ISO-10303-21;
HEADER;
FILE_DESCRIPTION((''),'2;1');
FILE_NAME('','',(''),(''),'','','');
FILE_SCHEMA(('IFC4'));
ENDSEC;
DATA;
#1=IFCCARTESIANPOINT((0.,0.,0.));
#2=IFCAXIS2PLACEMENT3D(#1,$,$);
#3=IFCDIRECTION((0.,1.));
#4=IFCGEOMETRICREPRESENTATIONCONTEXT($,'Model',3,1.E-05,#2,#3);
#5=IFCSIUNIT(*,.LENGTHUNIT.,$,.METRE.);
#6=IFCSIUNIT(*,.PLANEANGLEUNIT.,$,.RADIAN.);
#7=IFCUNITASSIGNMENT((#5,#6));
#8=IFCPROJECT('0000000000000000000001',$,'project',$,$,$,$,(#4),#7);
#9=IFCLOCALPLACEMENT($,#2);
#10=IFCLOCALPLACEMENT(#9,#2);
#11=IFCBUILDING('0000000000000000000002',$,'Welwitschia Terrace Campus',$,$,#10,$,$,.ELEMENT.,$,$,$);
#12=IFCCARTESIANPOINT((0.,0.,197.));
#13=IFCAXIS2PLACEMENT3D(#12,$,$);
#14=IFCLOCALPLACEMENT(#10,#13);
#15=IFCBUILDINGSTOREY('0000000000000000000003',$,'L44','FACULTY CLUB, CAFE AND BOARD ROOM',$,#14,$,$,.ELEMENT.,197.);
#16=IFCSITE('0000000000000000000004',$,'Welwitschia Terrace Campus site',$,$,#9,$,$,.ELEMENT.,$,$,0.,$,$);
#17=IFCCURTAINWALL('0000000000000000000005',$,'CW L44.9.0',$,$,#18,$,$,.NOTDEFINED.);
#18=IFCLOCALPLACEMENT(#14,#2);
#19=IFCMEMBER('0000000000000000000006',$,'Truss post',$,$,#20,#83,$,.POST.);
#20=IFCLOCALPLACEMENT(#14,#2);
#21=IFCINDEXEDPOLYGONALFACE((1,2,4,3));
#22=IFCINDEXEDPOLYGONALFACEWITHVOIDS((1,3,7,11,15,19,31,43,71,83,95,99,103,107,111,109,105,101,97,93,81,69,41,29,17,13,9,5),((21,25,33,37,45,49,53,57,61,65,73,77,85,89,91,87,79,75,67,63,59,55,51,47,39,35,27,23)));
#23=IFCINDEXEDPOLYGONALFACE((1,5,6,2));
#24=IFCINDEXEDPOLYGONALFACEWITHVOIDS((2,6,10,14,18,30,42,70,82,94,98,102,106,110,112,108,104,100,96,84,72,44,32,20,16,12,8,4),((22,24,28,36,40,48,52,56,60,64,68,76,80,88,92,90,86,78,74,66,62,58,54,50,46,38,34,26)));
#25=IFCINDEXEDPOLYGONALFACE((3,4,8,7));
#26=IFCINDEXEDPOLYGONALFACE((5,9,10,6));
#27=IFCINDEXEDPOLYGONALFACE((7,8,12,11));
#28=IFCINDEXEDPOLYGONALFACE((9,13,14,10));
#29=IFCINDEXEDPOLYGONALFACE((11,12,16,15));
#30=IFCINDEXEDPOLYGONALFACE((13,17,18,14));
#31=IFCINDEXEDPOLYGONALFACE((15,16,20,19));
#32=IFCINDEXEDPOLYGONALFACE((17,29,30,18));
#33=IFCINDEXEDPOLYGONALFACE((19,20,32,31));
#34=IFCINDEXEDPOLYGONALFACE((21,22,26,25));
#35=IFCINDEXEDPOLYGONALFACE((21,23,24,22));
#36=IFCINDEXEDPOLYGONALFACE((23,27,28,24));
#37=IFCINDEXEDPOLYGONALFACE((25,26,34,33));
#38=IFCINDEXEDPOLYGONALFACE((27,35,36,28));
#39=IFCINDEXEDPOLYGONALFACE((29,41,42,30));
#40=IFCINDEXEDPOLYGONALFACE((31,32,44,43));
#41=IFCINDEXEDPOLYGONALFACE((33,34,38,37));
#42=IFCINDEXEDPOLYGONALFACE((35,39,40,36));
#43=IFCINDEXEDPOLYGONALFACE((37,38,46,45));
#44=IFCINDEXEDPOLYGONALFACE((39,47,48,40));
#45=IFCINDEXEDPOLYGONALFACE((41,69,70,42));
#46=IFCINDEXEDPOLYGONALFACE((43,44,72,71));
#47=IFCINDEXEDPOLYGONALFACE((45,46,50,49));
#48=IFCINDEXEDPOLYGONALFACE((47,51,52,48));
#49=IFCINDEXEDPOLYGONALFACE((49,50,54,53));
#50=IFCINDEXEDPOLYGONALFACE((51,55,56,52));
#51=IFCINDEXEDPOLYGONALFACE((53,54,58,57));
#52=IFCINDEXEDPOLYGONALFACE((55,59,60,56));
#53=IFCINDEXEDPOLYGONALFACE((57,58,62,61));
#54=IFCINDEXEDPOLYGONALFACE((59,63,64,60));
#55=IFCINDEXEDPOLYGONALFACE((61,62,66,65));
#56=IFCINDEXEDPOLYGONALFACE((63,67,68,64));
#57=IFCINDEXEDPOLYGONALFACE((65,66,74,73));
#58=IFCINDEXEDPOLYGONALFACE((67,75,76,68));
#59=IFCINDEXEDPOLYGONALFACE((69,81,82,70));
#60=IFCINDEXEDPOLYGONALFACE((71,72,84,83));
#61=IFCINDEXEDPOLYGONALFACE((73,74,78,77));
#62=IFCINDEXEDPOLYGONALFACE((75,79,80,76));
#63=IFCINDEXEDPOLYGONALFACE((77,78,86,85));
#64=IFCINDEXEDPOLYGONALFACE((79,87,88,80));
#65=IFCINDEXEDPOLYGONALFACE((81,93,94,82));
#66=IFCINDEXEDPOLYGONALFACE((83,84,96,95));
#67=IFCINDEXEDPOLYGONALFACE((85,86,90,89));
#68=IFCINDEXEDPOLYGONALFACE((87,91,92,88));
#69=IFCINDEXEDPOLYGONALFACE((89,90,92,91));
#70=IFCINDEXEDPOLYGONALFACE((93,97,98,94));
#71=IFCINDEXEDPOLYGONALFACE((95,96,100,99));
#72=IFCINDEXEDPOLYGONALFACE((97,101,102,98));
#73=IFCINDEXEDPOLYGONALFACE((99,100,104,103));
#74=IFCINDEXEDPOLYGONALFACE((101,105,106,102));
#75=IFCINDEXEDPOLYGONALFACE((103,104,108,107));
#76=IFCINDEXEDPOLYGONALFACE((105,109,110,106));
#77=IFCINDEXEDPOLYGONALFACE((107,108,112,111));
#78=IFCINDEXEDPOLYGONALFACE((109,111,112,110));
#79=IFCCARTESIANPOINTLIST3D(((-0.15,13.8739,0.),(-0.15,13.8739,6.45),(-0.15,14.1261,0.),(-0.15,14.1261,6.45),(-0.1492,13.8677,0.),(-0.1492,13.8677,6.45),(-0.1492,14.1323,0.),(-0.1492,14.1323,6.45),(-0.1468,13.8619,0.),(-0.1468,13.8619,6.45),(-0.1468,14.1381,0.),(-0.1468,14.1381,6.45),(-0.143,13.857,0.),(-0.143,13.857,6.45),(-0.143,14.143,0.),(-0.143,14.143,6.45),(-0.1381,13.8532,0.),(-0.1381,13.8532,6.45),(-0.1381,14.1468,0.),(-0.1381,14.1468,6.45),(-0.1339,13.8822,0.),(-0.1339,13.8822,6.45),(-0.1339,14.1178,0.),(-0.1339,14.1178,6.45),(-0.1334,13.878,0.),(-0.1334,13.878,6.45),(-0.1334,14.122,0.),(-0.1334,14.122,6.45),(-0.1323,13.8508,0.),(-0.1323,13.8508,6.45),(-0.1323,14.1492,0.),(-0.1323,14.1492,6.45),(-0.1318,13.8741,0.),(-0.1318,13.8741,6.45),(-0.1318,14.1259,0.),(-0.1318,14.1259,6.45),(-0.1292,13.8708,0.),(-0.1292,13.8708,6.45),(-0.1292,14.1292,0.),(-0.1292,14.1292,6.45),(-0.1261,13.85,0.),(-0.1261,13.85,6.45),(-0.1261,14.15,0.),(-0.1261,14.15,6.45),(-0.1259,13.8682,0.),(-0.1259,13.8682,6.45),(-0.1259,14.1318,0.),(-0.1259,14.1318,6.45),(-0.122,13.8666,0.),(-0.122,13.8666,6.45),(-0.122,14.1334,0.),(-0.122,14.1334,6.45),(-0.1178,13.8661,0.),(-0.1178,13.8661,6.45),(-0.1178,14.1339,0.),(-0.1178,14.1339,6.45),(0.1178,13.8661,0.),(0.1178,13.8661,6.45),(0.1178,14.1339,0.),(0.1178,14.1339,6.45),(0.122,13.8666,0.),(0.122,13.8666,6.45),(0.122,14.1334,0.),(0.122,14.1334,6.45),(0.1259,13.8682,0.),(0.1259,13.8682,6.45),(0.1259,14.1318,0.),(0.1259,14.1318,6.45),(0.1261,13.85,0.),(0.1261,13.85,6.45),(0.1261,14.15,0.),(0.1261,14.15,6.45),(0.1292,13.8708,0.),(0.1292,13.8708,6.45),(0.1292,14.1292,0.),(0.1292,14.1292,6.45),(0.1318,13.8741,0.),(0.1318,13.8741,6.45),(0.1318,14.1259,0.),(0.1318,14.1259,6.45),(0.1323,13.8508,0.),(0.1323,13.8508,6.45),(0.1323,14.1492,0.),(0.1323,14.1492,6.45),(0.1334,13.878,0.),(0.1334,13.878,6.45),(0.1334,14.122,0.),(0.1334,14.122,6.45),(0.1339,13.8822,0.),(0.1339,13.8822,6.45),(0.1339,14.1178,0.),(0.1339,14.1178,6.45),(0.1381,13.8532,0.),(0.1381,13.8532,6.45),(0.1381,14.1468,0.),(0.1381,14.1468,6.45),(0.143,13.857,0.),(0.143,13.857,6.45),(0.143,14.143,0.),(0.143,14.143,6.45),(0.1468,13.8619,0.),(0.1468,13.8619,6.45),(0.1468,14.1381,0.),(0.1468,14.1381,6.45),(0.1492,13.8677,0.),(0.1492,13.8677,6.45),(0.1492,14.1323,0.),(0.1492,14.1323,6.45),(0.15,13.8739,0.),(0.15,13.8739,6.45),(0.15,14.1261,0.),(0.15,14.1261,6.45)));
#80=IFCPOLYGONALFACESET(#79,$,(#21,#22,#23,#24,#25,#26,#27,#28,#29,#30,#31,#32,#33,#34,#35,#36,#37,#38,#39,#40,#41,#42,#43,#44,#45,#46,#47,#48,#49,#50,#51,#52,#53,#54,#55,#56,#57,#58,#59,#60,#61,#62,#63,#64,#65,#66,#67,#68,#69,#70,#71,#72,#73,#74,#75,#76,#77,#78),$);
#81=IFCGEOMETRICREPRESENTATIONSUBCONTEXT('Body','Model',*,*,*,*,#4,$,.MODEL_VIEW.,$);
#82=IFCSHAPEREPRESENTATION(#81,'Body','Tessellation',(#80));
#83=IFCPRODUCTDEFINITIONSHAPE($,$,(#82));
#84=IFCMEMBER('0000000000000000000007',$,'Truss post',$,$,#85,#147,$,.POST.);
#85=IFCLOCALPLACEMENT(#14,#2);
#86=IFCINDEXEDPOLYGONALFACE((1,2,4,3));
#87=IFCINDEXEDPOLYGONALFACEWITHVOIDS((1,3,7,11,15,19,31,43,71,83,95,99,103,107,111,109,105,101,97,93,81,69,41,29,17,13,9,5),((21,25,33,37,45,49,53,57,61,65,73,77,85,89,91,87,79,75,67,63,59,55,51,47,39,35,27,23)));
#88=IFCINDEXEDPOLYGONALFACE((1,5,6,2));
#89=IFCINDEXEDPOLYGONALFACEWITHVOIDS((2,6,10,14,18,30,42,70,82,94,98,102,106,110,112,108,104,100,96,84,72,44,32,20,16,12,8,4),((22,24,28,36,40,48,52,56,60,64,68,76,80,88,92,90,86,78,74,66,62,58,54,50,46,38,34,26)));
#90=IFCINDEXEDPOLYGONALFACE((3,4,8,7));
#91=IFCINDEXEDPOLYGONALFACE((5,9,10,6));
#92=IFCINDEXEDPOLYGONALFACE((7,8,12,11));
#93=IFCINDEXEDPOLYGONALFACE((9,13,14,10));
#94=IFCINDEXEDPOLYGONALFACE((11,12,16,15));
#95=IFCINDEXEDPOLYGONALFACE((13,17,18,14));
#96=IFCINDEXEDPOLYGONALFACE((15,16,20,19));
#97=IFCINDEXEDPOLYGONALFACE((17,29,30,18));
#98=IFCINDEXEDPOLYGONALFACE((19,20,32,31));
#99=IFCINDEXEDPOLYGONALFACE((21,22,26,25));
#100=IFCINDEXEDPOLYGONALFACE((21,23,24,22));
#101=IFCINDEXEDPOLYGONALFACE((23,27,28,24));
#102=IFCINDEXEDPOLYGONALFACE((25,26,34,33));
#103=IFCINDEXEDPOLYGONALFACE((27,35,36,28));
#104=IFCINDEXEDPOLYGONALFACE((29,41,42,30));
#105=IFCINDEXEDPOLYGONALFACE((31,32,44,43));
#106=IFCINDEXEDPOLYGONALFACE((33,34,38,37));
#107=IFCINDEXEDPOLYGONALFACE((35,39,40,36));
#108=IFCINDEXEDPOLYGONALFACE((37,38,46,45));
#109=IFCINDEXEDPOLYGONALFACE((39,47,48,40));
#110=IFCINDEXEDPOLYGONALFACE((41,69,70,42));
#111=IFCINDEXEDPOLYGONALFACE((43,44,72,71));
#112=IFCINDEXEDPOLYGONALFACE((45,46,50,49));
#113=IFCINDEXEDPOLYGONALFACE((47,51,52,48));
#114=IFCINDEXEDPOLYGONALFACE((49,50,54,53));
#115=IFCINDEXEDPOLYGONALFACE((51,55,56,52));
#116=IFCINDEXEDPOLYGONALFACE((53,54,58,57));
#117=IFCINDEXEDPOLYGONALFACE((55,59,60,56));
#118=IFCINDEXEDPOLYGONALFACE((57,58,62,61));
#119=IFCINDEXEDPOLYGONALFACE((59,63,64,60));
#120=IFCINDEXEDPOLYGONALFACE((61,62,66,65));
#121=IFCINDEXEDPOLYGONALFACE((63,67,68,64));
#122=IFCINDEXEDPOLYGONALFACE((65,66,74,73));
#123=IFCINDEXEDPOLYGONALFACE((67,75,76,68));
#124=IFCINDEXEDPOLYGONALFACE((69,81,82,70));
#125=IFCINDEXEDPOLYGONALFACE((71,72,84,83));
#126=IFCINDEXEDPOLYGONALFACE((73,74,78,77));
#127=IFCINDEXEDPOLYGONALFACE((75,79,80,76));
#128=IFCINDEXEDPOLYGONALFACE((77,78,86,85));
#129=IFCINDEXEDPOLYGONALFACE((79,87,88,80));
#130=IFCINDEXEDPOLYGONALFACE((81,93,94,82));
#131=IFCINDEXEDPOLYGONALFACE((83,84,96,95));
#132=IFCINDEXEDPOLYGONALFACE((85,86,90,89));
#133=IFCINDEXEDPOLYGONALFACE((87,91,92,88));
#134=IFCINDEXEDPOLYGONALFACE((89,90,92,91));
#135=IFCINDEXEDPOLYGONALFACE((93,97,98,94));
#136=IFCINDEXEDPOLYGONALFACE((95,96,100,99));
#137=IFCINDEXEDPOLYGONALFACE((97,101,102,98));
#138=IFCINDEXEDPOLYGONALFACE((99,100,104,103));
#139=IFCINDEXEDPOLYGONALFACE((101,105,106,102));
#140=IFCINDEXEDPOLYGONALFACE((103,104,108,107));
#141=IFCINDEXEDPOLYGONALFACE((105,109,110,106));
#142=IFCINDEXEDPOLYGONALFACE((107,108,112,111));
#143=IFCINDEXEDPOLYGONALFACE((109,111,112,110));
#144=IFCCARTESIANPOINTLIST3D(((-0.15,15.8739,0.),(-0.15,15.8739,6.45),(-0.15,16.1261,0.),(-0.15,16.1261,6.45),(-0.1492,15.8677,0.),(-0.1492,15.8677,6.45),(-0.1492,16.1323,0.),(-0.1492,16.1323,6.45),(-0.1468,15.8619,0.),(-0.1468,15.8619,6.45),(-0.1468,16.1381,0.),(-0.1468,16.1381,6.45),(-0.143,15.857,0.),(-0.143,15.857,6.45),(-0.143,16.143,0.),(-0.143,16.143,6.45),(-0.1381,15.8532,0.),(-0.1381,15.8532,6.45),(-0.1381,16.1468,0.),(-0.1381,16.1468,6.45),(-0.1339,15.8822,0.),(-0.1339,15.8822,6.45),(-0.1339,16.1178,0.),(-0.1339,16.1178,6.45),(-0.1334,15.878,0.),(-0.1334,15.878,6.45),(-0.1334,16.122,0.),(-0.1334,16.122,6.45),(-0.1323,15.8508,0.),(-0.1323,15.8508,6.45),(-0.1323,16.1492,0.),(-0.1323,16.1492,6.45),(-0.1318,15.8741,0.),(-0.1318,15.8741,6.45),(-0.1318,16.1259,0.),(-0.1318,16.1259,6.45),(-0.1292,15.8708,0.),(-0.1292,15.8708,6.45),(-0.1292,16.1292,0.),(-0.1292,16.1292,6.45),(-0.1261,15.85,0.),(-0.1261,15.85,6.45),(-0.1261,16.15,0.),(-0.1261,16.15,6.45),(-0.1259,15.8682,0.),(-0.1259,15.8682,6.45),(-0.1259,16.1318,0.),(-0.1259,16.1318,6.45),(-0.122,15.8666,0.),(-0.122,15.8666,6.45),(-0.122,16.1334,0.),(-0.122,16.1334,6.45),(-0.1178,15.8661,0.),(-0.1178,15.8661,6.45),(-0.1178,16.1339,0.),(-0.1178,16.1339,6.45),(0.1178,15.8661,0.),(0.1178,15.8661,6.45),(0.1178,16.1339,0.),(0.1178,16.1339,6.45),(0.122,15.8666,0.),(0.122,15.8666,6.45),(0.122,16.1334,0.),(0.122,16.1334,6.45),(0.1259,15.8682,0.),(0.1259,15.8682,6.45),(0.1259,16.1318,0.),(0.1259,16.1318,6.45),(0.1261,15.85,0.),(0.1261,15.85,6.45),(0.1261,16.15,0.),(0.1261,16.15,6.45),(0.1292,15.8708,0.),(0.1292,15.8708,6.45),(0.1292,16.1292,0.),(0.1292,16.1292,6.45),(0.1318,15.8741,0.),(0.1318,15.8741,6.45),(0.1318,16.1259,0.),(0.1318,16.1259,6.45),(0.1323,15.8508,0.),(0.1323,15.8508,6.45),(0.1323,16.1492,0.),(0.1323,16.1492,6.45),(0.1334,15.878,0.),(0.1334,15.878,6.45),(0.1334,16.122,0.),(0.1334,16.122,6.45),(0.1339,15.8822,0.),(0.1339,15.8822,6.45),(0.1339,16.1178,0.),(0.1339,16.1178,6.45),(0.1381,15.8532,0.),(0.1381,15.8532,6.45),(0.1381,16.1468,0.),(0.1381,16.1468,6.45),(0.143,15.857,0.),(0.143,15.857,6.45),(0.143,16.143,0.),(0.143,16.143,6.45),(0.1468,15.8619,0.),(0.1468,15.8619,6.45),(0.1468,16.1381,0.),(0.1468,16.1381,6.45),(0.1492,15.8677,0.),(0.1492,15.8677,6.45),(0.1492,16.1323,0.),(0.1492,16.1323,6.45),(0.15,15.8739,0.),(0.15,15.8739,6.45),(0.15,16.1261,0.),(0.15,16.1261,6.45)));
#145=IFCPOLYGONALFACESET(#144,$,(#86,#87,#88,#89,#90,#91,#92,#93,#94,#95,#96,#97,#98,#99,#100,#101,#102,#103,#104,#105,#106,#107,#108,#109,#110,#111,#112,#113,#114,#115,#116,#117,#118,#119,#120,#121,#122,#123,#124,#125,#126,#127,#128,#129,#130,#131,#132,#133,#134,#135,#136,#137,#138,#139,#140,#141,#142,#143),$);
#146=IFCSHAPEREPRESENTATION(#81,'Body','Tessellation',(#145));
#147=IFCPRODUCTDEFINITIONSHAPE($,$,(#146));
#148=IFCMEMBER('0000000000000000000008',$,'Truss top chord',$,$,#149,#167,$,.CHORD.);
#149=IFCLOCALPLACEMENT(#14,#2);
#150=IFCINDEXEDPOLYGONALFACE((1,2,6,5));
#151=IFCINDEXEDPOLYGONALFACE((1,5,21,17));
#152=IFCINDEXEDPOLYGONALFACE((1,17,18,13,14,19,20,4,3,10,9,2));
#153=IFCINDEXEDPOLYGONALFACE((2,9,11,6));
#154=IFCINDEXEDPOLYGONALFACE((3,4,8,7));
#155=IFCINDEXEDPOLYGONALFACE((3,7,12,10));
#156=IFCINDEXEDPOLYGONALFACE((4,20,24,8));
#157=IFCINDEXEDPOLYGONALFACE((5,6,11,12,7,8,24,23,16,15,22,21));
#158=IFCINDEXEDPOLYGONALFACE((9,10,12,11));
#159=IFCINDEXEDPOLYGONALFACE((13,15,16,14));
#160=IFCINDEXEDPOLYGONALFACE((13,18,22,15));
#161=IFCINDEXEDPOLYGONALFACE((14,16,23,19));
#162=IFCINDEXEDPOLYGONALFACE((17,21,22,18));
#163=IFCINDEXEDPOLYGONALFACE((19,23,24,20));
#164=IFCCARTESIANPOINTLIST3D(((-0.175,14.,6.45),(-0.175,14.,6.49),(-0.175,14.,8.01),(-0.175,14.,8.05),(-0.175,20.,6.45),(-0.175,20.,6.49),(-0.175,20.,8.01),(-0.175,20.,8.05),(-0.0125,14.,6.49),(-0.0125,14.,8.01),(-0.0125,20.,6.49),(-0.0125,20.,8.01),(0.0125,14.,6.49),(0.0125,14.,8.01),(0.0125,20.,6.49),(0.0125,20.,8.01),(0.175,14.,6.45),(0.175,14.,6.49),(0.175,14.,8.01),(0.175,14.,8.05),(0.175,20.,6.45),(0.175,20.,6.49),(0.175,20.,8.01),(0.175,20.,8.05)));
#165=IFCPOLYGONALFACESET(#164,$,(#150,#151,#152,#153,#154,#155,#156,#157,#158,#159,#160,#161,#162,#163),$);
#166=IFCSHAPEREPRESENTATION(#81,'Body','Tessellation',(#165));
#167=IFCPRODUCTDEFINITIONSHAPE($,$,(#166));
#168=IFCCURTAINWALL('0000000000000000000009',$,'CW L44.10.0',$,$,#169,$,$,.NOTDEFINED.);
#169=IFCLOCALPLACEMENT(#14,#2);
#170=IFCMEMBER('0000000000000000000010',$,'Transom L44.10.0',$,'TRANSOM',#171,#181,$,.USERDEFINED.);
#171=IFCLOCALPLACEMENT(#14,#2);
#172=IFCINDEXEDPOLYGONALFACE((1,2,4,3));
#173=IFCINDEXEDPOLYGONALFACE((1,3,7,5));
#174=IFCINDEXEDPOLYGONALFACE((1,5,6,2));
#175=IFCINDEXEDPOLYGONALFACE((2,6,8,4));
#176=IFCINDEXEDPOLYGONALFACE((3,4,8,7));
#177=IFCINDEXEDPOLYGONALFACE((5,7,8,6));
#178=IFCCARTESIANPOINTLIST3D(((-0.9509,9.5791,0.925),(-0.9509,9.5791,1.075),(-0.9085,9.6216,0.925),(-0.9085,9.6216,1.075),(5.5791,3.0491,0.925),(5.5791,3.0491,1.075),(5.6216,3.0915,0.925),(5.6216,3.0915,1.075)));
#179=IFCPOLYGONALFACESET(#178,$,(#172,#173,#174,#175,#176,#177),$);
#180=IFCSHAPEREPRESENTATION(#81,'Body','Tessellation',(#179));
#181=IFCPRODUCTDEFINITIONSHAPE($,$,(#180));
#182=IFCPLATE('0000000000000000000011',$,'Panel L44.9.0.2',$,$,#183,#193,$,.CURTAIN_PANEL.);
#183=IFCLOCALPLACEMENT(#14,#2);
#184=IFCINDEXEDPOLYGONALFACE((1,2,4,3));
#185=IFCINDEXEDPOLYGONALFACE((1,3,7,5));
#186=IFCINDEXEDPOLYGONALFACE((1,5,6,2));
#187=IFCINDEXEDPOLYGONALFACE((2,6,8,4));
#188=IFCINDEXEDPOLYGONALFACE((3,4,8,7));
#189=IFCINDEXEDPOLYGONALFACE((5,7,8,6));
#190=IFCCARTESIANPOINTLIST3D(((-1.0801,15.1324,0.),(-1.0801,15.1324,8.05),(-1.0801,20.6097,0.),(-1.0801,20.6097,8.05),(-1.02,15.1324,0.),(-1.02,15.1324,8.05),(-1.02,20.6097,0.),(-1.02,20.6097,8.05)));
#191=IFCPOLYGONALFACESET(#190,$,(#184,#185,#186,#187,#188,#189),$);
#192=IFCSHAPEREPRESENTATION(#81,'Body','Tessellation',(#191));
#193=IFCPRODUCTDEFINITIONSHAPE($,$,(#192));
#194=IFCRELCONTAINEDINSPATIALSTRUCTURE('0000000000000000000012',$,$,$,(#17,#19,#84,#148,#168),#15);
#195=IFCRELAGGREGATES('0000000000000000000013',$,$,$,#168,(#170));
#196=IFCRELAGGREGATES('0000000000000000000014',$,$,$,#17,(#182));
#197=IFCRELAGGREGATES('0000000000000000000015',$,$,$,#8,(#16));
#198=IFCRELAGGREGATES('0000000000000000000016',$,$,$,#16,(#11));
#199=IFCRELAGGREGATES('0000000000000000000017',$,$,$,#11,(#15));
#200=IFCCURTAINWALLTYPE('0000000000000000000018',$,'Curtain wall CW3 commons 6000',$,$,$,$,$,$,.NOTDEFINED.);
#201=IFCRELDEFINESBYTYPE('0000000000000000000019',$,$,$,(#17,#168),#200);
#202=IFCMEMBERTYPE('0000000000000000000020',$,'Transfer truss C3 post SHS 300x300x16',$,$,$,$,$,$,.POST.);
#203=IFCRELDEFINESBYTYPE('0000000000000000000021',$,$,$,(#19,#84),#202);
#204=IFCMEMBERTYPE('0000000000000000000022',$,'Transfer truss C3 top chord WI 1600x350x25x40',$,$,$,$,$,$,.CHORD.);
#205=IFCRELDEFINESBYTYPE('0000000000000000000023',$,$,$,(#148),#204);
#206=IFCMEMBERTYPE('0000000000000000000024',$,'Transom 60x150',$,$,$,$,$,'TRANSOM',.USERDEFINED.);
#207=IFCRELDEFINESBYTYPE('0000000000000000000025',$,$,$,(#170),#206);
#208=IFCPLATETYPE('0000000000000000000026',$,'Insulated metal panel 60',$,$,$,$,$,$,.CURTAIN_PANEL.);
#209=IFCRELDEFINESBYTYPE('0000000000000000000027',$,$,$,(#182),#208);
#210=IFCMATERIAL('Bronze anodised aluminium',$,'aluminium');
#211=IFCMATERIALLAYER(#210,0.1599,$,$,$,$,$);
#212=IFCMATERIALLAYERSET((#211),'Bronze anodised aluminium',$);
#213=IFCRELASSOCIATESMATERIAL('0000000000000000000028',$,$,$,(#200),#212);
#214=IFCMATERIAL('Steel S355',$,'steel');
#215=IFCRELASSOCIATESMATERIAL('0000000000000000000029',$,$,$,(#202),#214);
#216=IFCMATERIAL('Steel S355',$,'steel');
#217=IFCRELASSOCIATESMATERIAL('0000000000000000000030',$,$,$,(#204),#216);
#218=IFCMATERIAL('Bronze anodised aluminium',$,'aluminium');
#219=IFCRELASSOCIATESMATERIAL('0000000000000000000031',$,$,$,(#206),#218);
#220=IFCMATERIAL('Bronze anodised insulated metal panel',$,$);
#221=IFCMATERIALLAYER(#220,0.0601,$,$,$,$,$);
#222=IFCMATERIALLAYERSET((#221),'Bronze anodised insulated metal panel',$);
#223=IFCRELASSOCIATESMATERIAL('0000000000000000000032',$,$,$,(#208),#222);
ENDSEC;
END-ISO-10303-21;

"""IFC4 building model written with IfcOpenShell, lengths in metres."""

from ifc_helpers import new_model, si_unit, direction, frame, origin, origin_2d, place, context, subcontext, project, spatial, rectangle, hollow_rectangle, i_section, extrude, material, layer, layer_set, material_profile, profile_set, type_object, element, aggregate, save


model = new_model("IFC4")

# Units and contexts
model_context = context("Model", 3, precision=1e-05, world=origin(), true_north=direction((0.0, 1.0)))
body_context = subcontext(model_context, "Body", "Model", "MODEL_VIEW")
ifc_project = project(units=[si_unit("LENGTHUNIT", "METRE"), si_unit("PLANEANGLEUNIT", "RADIAN")], contexts=[model_context])

# Site, building, storey
site_placement = place(None, origin())
site = spatial("IfcSite", under=ifc_project, at=site_placement, Name="Welwitschia Terrace Campus site", CompositionType="ELEMENT", RefElevation=0.0)
building_placement = place(site_placement, origin())
building = spatial("IfcBuilding", under=site, at=building_placement, Name="Welwitschia Terrace Campus", CompositionType="ELEMENT")
storey_placement = place(building_placement, frame((0.0, 0.0, 197.0)))
storey = spatial("IfcBuildingStorey", under=building, at=storey_placement, Name="L44", Description="FACULTY CLUB, CAFE AND BOARD ROOM", CompositionType="ELEMENT", Elevation=197.0)

# Curtain wall
ifc_material_1 = material(Name="Bronze anodised aluminium", Category="aluminium")
ifc_layer_1 = layer(ifc_material_1, 0.1599)
ifc_layer_set_1 = layer_set([ifc_layer_1], Name="Bronze anodised aluminium")
curtain_wall_type = type_object("IfcCurtainWallType", Name="Curtain wall CW3 commons 6000", PredefinedType="NOTDEFINED", material=ifc_layer_set_1)
curtain_wall_1_placement = place(storey_placement, origin())
curtain_wall_1 = element("IfcCurtainWall", 1, at=curtain_wall_1_placement, inside=storey, type_object=curtain_wall_type, Name="CW L44.9.0", PredefinedType="NOTDEFINED")

# Members
ifc_material_2 = material(Name="Steel S355", Category="steel")
ifc_material_profile_1 = material_profile(ifc_material_2, hollow_rectangle(XDim=0.3, YDim=0.3, WallThickness=0.0161, InnerFilletRadius=0.0161, OuterFilletRadius=0.0239, at=origin_2d()))
ifc_profile_set_1 = profile_set([ifc_material_profile_1], Name="Steel S355")
member_type_1 = type_object("IfcMemberType", Name="Transfer truss C3 post SHS 300x300x16", PredefinedType="POST", material=ifc_profile_set_1)
for number, where, z_axis, x_axis, name in (
    (2, (0.0, 14.0, 0.0), (0.0, 0.0, 1.0), (1.0, 0.0, 0.0), "Truss post"),
    (3, (0.0, 16.0, 0.0), (0.0, 0.0, 1.0), (1.0, 0.0, 0.0), "Truss post"),
):
    element("IfcMember", number, at=place(storey_placement, frame(where, z_axis=z_axis, x_axis=x_axis)), inside=storey, type_object=member_type_1, Name=name, PredefinedType="POST", context=body_context, shape_type="SweptSolid", body=[
        extrude(hollow_rectangle(XDim=0.3, YDim=0.3, WallThickness=0.0161, InnerFilletRadius=0.0161, OuterFilletRadius=0.0239, at=origin_2d()), origin(), (0.0, 0.0, 1.0), 6.45),
    ])
ifc_material_3 = material(Name="Steel S355", Category="steel")
ifc_material_profile_2 = material_profile(ifc_material_3, i_section(OverallWidth=0.3501, OverallDepth=1.6001, WebThickness=0.0249, FlangeThickness=0.04, at=origin_2d()))
ifc_profile_set_2 = profile_set([ifc_material_profile_2], Name="Steel S355")
member_type_2 = type_object("IfcMemberType", Name="Transfer truss C3 top chord WI 1600x350x25x40", PredefinedType="CHORD", material=ifc_profile_set_2)
member_1_placement = place(storey_placement, frame((0.0, 14.0, 7.25), z_axis=(0.0, 1.0, 0.0), x_axis=(-1.0, 0.0, 0.0)))
element("IfcMember", 4, at=member_1_placement, inside=storey, type_object=member_type_2, Name="Truss top chord", PredefinedType="CHORD", context=body_context, shape_type="SweptSolid", body=[
    extrude(i_section(OverallWidth=0.3501, OverallDepth=1.6001, WebThickness=0.0249, FlangeThickness=0.04, at=origin_2d()), origin(), (0.0, 0.0, 1.0), 6.0),
])

# Curtain wall, member
curtain_wall_2_placement = place(storey_placement, origin())
curtain_wall_2 = element("IfcCurtainWall", 5, at=curtain_wall_2_placement, inside=storey, type_object=curtain_wall_type, Name="CW L44.10.0", PredefinedType="NOTDEFINED")
ifc_material_4 = material(Name="Bronze anodised aluminium", Category="aluminium")
ifc_material_profile_3 = material_profile(ifc_material_4, rectangle(XDim=0.0601, YDim=0.1499, at=origin_2d()))
ifc_profile_set_3 = profile_set([ifc_material_profile_3], Name="Bronze anodised aluminium")
member_type_3 = type_object("IfcMemberType", Name="Transom 60x150", ElementType="TRANSOM", PredefinedType="USERDEFINED", material=ifc_profile_set_3)
member_2_placement = place(storey_placement, frame((-0.9297, 9.6003, 1.0), z_axis=(0.707107, -0.707107, 0.0), x_axis=(0.707107, 0.707107, 0.0)))
member_2 = element("IfcMember", 6, at=member_2_placement, type_object=member_type_3, Name="Transom L44.10.0", ObjectType="TRANSOM", PredefinedType="USERDEFINED", context=body_context, shape_type="SweptSolid", body=[
    extrude(rectangle(XDim=0.0601, YDim=0.1499, at=origin_2d()), origin(), (0.0, 0.0, 1.0), 9.2349),
])
aggregate(curtain_wall_2, [member_2])

# Plate
ifc_material_5 = material(Name="Bronze anodised insulated metal panel")
ifc_layer_2 = layer(ifc_material_5, 0.0601)
ifc_layer_set_2 = layer_set([ifc_layer_2], Name="Bronze anodised insulated metal panel")
plate_type = type_object("IfcPlateType", Name="Insulated metal panel 60", PredefinedType="CURTAIN_PANEL", material=ifc_layer_set_2)
plate_1_placement = place(storey_placement, frame((-1.05, 17.8711, 0.0), z_axis=(0.0, 0.0, 1.0), x_axis=(0.0, -1.0, 0.0)))
plate_1 = element("IfcPlate", 7, at=plate_1_placement, type_object=plate_type, Name="Panel L44.9.0.2", PredefinedType="CURTAIN_PANEL", context=body_context, shape_type="SweptSolid", body=[
    extrude(rectangle(XDim=5.4773, YDim=0.0601, at=origin_2d()), origin(), (0.0, 0.0, 1.0), 8.05),
])
aggregate(curtain_wall_1, [plate_1])

save(model, "model.ifc")
